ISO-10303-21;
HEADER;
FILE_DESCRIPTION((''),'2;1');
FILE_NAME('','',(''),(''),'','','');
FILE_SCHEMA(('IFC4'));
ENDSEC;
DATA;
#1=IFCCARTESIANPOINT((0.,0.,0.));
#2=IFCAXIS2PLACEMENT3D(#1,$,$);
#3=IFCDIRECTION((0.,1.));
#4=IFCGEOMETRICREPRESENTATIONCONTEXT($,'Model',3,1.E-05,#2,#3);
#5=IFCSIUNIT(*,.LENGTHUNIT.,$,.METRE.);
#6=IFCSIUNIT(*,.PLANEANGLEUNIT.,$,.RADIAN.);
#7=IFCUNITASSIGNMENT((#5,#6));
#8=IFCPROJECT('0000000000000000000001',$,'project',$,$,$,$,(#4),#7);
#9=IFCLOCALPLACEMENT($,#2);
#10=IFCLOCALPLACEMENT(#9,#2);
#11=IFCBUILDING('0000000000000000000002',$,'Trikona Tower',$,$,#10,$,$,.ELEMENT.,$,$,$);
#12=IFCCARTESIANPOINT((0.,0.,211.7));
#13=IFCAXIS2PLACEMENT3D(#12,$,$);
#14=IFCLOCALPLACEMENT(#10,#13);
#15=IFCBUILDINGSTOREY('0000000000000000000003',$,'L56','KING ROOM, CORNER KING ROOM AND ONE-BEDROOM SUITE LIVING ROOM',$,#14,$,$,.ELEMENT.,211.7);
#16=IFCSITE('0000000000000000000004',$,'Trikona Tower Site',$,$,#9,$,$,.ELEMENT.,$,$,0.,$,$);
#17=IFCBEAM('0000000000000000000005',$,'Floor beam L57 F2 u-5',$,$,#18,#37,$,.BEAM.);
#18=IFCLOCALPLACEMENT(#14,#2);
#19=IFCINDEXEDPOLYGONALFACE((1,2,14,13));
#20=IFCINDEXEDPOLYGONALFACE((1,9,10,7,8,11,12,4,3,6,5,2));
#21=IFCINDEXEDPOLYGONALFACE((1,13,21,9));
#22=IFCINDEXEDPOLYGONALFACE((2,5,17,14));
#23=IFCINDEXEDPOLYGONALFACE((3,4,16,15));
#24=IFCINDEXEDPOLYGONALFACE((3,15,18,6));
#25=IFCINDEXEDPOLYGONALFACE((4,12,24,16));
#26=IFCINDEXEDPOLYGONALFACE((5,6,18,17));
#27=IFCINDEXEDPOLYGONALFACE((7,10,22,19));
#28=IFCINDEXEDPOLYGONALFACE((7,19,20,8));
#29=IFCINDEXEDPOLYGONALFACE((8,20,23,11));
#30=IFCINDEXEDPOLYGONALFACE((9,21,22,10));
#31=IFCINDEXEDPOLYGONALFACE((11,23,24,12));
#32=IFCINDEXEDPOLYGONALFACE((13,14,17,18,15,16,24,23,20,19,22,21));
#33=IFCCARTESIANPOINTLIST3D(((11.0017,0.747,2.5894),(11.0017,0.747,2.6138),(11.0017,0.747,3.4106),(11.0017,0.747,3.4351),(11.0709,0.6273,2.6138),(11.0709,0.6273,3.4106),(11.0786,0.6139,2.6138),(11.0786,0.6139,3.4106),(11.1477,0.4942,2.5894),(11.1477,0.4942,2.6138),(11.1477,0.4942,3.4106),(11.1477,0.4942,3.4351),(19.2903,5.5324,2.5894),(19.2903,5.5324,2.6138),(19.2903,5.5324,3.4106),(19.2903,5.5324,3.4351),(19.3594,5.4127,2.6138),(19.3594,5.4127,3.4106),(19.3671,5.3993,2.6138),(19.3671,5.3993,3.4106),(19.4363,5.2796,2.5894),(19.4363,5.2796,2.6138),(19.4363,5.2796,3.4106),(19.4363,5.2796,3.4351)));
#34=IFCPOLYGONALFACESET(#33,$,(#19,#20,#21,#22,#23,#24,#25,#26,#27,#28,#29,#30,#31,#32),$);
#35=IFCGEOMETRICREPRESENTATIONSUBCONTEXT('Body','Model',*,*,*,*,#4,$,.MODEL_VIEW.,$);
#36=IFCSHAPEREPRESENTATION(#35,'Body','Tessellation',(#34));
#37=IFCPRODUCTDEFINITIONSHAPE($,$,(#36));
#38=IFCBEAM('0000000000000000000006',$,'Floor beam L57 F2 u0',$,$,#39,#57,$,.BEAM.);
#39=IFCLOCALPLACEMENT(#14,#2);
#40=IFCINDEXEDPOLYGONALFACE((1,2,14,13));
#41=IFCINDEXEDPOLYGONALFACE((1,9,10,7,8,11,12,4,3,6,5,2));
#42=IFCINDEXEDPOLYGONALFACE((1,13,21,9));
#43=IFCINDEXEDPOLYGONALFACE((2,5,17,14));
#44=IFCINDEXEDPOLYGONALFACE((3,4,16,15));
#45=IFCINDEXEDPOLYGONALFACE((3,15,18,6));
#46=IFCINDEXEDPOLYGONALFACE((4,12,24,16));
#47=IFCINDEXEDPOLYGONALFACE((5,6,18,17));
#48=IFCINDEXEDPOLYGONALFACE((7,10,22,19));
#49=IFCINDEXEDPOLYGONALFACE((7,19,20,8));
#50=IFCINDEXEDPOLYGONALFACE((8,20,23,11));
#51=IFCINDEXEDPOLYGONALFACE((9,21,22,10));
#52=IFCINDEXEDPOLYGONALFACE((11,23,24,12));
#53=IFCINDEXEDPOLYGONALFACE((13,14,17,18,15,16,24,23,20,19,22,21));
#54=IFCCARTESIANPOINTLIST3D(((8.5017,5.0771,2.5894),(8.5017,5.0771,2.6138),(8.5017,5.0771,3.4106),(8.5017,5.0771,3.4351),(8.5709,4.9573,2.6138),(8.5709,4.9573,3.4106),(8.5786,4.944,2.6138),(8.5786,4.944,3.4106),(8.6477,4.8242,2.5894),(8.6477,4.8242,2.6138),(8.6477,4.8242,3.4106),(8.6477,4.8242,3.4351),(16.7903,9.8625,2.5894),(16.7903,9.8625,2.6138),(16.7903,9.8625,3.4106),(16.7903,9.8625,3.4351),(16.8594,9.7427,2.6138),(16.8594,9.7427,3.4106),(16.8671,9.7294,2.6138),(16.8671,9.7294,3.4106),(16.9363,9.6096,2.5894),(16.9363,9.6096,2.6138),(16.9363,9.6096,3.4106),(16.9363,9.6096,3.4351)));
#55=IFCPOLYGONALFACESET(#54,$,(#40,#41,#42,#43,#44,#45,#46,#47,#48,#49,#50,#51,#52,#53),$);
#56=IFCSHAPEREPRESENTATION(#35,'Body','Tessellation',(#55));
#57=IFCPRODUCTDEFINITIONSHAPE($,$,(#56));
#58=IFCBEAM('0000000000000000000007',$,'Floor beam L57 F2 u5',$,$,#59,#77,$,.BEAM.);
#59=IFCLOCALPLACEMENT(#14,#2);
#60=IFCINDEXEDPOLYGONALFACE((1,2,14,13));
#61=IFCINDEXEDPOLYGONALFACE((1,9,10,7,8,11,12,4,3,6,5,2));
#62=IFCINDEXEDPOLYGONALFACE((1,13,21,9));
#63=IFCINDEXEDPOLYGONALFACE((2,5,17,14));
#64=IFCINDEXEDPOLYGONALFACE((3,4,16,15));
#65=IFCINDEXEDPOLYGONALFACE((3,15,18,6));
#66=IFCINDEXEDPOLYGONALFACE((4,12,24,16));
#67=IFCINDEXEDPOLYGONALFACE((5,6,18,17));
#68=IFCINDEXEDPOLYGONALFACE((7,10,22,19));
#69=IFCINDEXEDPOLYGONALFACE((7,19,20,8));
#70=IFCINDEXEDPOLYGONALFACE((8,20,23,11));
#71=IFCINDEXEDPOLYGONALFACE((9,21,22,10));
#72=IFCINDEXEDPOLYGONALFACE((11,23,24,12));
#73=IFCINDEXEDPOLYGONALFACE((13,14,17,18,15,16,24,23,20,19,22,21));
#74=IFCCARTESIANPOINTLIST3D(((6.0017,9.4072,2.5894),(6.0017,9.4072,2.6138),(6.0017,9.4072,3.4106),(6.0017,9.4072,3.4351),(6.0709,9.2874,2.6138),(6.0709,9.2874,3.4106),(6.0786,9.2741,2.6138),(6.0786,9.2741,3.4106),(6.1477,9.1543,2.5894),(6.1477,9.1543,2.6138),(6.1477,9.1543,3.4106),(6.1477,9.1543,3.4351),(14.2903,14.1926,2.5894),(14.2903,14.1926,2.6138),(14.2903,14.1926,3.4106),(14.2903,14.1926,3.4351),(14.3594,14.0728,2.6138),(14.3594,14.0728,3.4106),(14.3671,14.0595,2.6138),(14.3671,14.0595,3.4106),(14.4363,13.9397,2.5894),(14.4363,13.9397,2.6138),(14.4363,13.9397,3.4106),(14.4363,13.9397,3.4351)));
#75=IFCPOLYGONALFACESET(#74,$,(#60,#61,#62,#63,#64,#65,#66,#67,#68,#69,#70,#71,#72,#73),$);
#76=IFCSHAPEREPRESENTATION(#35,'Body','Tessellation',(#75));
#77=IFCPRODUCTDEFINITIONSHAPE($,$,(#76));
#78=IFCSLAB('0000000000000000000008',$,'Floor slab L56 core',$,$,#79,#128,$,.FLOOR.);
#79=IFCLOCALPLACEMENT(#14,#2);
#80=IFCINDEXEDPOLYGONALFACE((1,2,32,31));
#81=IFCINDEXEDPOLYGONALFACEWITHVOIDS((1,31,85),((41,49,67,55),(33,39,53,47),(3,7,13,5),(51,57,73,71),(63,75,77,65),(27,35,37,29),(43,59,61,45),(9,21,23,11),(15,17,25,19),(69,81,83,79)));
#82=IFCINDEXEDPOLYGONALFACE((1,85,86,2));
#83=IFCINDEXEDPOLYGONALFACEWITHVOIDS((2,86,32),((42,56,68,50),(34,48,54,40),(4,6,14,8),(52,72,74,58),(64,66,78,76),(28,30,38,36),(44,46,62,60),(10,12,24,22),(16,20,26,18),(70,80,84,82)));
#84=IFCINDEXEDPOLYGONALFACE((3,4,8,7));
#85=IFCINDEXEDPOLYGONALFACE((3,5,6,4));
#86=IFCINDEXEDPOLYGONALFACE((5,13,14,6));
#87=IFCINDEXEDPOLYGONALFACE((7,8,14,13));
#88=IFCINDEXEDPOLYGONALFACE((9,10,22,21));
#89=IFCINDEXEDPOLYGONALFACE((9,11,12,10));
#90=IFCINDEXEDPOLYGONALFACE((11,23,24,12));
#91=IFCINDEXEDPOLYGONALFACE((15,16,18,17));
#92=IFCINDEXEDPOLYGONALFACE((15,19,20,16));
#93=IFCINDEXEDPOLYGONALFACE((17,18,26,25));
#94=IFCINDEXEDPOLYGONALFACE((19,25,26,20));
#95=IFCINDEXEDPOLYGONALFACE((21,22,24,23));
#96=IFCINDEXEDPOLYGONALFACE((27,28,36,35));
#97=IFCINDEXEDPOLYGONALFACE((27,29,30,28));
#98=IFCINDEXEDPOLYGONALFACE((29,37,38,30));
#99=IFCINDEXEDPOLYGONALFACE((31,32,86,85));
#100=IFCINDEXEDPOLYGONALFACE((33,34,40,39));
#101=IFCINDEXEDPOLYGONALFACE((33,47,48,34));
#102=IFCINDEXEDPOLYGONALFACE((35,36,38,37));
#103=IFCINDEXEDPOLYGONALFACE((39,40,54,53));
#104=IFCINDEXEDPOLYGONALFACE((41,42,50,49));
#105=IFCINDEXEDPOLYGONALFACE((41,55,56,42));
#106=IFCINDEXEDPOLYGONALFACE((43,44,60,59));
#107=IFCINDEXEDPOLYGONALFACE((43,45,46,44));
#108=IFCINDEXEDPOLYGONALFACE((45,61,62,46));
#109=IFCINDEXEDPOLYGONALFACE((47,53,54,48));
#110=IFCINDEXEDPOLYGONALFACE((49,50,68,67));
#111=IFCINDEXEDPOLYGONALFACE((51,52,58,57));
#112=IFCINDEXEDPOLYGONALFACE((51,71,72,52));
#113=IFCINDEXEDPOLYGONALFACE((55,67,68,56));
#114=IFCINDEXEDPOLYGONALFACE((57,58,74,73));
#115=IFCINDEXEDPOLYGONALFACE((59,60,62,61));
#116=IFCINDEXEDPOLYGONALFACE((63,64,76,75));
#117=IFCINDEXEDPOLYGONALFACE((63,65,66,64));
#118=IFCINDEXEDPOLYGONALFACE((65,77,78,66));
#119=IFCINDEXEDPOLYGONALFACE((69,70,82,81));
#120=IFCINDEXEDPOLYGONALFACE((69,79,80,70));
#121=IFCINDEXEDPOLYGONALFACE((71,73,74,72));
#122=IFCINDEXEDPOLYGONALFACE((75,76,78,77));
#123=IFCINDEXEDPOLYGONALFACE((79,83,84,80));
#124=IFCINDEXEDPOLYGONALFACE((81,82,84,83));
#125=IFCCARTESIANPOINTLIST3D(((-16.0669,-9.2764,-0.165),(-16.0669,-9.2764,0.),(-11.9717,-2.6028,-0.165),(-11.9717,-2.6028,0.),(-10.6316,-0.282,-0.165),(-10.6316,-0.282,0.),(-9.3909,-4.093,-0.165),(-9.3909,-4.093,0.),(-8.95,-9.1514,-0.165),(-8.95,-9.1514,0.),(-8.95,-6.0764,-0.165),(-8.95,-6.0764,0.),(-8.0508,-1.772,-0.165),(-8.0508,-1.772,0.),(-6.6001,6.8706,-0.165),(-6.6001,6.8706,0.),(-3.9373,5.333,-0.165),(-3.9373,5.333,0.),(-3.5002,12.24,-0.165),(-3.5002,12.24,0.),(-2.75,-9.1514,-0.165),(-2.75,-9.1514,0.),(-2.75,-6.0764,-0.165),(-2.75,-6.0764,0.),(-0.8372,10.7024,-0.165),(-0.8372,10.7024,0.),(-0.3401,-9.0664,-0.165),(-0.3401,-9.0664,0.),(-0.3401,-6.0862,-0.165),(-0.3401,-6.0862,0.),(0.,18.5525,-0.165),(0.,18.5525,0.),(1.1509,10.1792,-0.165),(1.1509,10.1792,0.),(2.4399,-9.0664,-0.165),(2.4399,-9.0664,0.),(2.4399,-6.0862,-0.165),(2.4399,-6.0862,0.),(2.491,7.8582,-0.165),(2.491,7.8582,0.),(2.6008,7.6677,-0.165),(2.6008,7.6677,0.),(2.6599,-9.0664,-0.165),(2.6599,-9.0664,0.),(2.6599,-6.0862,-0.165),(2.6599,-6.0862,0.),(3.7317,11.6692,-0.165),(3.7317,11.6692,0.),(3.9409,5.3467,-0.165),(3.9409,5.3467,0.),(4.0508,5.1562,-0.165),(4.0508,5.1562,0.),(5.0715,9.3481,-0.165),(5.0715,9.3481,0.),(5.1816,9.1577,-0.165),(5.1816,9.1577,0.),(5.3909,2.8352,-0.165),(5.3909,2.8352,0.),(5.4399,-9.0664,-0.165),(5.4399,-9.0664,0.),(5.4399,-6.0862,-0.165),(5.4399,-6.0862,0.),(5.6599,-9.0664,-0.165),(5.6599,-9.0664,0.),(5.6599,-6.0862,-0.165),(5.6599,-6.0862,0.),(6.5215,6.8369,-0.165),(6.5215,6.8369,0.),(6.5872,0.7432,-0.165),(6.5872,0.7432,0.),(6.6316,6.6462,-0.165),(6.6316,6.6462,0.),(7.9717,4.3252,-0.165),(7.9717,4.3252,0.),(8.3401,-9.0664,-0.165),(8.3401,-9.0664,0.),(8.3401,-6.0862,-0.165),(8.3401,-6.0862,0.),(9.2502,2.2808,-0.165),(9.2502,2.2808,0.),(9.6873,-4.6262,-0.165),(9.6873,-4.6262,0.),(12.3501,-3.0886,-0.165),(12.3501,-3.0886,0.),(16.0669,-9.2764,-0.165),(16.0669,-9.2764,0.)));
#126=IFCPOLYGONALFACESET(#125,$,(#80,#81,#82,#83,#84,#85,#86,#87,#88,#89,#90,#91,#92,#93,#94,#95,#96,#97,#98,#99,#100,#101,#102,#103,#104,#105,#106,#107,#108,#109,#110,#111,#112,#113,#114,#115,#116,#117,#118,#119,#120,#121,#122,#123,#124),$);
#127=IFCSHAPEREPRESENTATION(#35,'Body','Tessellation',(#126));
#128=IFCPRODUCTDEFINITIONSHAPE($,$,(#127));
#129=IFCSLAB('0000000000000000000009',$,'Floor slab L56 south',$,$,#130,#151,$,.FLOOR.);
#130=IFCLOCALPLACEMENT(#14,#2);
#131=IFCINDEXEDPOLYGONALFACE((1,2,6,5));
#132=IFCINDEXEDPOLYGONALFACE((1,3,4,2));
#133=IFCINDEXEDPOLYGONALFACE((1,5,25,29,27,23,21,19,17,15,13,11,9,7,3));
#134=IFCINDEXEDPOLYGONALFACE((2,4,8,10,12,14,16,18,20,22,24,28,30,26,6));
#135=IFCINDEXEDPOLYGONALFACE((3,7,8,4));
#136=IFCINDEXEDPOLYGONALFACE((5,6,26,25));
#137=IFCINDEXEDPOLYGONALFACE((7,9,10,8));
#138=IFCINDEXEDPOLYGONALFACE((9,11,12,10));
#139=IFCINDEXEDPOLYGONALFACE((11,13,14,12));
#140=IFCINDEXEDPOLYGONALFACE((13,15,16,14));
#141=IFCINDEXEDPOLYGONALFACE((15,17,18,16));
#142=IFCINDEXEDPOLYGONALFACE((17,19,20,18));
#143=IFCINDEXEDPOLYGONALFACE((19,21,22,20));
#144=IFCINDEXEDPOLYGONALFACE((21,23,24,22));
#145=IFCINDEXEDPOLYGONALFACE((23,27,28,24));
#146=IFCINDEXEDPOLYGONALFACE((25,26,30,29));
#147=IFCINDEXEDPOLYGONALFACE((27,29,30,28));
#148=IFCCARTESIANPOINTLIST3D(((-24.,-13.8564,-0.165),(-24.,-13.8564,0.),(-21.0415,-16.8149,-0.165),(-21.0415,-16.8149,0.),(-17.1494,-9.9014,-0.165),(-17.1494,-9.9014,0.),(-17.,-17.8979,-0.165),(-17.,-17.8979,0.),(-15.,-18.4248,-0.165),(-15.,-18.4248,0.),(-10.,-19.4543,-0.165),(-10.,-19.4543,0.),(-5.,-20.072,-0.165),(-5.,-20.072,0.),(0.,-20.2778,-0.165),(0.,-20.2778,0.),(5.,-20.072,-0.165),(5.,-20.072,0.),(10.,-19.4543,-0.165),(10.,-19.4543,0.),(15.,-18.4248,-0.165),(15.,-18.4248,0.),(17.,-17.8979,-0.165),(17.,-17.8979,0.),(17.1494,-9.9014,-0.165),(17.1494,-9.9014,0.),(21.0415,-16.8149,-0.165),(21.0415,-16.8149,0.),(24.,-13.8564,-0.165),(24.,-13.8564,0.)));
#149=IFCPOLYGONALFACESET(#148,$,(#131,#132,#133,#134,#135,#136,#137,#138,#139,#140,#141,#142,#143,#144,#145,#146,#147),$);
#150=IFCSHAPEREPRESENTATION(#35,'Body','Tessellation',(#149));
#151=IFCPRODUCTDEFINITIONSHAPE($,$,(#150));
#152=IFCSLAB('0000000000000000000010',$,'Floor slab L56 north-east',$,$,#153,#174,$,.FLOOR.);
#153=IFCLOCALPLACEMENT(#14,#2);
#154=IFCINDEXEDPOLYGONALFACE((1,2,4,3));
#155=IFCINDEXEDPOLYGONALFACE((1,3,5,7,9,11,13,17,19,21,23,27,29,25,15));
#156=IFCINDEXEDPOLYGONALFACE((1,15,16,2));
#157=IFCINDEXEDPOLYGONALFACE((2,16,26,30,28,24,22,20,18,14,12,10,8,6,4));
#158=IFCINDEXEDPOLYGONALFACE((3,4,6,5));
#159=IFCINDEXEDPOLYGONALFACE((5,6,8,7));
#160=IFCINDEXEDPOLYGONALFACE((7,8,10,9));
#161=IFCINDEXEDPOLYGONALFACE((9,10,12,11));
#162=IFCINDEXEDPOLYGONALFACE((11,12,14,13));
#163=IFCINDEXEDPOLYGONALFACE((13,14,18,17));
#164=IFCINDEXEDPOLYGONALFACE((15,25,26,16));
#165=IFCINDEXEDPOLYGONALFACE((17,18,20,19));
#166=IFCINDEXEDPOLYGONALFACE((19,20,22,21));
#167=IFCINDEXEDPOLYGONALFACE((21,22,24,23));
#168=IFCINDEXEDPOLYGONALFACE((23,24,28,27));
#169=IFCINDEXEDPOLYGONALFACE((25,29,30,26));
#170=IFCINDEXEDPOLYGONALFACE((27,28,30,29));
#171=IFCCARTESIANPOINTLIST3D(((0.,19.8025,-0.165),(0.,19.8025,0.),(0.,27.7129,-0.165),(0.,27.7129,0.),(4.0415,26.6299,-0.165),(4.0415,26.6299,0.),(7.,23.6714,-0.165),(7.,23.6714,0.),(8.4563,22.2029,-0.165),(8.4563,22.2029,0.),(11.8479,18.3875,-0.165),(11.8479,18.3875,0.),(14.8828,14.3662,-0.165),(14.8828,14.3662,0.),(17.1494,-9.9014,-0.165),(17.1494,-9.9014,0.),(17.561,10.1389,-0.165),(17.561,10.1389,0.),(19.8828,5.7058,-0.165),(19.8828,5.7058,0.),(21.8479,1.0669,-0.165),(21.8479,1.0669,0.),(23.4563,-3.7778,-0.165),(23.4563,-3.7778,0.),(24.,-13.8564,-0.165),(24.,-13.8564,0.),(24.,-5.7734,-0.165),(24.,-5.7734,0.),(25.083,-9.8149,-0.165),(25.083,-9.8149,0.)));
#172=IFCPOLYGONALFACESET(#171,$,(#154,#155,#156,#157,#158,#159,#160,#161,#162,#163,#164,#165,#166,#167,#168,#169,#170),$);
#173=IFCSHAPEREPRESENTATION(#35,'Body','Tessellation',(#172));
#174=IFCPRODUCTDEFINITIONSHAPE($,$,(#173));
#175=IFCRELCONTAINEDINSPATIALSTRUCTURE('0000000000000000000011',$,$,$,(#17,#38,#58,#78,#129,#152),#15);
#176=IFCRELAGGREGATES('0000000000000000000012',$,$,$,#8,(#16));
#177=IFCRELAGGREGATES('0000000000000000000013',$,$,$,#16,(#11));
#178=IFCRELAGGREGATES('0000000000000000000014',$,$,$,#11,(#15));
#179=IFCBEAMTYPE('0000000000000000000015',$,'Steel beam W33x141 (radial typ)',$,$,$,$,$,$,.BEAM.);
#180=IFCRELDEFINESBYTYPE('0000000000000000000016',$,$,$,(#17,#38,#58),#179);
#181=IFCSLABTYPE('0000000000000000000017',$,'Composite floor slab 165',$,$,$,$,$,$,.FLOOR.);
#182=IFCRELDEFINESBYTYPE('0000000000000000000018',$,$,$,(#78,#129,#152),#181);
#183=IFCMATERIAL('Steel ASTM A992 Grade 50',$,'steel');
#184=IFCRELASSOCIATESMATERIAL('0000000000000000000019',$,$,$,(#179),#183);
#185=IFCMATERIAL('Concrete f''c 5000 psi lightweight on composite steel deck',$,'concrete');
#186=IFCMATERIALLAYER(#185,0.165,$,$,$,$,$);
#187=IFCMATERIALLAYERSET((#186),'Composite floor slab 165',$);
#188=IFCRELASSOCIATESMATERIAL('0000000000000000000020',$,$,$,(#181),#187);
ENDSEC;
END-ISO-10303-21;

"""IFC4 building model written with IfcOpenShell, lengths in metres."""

from ifc_helpers import new_model, si_unit, direction, frame, origin, origin_2d, place, context, subcontext, project, spatial, polyline, i_section, outline, extrude, material, layer, layer_set, material_profile, profile_set, type_object, element, save


model = new_model("IFC4")

# Units and contexts
model_context = context("Model", 3, precision=1e-05, world=origin(), true_north=direction((0.0, 1.0)))
body_context = subcontext(model_context, "Body", "Model", "MODEL_VIEW")
ifc_project = project(units=[si_unit("LENGTHUNIT", "METRE"), si_unit("PLANEANGLEUNIT", "RADIAN")], contexts=[model_context])

# Site, building, storey
site_placement = place(None, origin())
site = spatial("IfcSite", under=ifc_project, at=site_placement, Name="Trikona Tower Site", CompositionType="ELEMENT", RefElevation=0.0)
building_placement = place(site_placement, origin())
building = spatial("IfcBuilding", under=site, at=building_placement, Name="Trikona Tower", CompositionType="ELEMENT")
storey_placement = place(building_placement, frame((0.0, 0.0, 211.7)))
storey = spatial("IfcBuildingStorey", under=building, at=storey_placement, Name="L56", Description="KING ROOM, CORNER KING ROOM AND ONE-BEDROOM SUITE LIVING ROOM", CompositionType="ELEMENT", Elevation=211.7)

# Beams
ifc_material_1 = material(Name="Steel ASTM A992 Grade 50", Category="steel")
ifc_material_profile = material_profile(ifc_material_1, i_section(OverallWidth=0.292, OverallDepth=0.8457, WebThickness=0.0154, FlangeThickness=0.0244, at=origin_2d()), Name="W33X141")
ifc_profile_set = profile_set([ifc_material_profile], Name="Steel ASTM A992 Grade 50")
beam_type = type_object("IfcBeamType", Name="Steel beam W33x141 (radial typ)", PredefinedType="BEAM", material=ifc_profile_set)
for number, where, z_axis, x_axis, name in (
    (1, (11.0747, 0.6206, 3.0122), (0.866026, 0.499999, 0.0), (-0.499999, 0.866026, 0.0), "Floor beam L57 F2 u-5"),
    (2, (8.5747, 4.9507, 3.0122), (0.866026, 0.499999, 0.0), (-0.499999, 0.866026, 0.0), "Floor beam L57 F2 u0"),
    (3, (6.0747, 9.2808, 3.0122), (0.866026, 0.499999, 0.0), (-0.499999, 0.866026, 0.0), "Floor beam L57 F2 u5"),
):
    element("IfcBeam", number, at=place(storey_placement, frame(where, z_axis=z_axis, x_axis=x_axis)), inside=storey, type_object=beam_type, Name=name, PredefinedType="BEAM", context=body_context, shape_type="SweptSolid", body=[
        extrude(i_section(OverallWidth=0.292, OverallDepth=0.8457, WebThickness=0.0154, FlangeThickness=0.0244, at=origin_2d()), origin(), (0.0, 0.0, 1.0), 9.5708),
    ])

# Slabs
ifc_material_2 = material(Name="Concrete f'c 5000 psi lightweight on composite steel deck", Category="concrete")
ifc_layer_1 = layer(ifc_material_2, 0.165)
ifc_layer_set_1 = layer_set([ifc_layer_1], Name="Composite floor slab 165")
slab_type_1 = type_object("IfcSlabType", Name="Composite floor slab 165", PredefinedType="FLOOR", material=ifc_layer_set_1)
slab_1_placement = place(storey_placement, frame((0.0, 0.0, -0.165)))
element("IfcSlab", 4, at=slab_1_placement, inside=storey, type_object=slab_type_1, Name="Floor slab L56 core", PredefinedType="FLOOR", context=body_context, shape_type="SweptSolid", body=[
    extrude(outline(polyline([(-16.0669, -9.2764), (16.0669, -9.2764), (0.0, 18.5525), (-16.0669, -9.2764)]), holes=[polyline([(6.5872, 0.7432), (9.6873, -4.6262), (12.3501, -3.0886), (9.2502, 2.2808), (6.5872, 0.7432)]), polyline([(5.6599, -6.0862), (5.6599, -9.0664), (8.3401, -9.0664), (8.3401, -6.0862), (5.6599, -6.0862)]), polyline([(6.6316, 6.6462), (4.0508, 5.1562), (5.3909, 2.8352), (7.9717, 4.3252), (6.6316, 6.6462)]), polyline([(6.5215, 6.8369), (5.1816, 9.1577), (2.6008, 7.6677), (3.9409, 5.3467), (6.5215, 6.8369)]), polyline([(2.6599, -9.0664), (5.4399, -9.0664), (5.4399, -6.0862), (2.6599, -6.0862), (2.6599, -9.0664)]), polyline([(2.491, 7.8582), (5.0715, 9.3481), (3.7317, 11.6692), (1.1509, 10.1792), (2.491, 7.8582)]), polyline([(2.4399, -9.0664), (2.4399, -6.0862), (-0.3401, -6.0862), (-0.3401, -9.0664), (2.4399, -9.0664)]), polyline([(-3.9373, 5.333), (-0.8372, 10.7024), (-3.5002, 12.24), (-6.6001, 6.8706), (-3.9373, 5.333)]), polyline([(-2.75, -6.0764), (-8.95, -6.0764), (-8.95, -9.1514), (-2.75, -9.1514), (-2.75, -6.0764)]), polyline([(-11.9717, -2.6028), (-9.3909, -4.093), (-8.0508, -1.772), (-10.6316, -0.282), (-11.9717, -2.6028)])]), origin(), (0.0, 0.0, 1.0), 0.165),
])
slab_2_placement = place(storey_placement, frame((0.0, 0.0, -0.165)))
element("IfcSlab", 5, at=slab_2_placement, inside=storey, type_object=slab_type_1, Name="Floor slab L56 south", PredefinedType="FLOOR", context=body_context, shape_type="SweptSolid", body=[
    extrude(outline(polyline([(21.0415, -16.8149), (24.0, -13.8564), (17.1494, -9.9014), (-17.1494, -9.9014), (-24.0, -13.8564), (-21.0415, -16.8149), (-17.0, -17.8979), (-15.0, -18.4248), (-10.0, -19.4543), (-5.0, -20.072), (0.0, -20.2778), (5.0, -20.072), (10.0, -19.4543), (15.0, -18.4248), (17.0, -17.8979), (21.0415, -16.8149)])), origin(), (0.0, 0.0, 1.0), 0.165),
])
slab_3_placement = place(storey_placement, frame((0.0, 0.0, -0.165)))
element("IfcSlab", 6, at=slab_3_placement, inside=storey, type_object=slab_type_1, Name="Floor slab L56 north-east", PredefinedType="FLOOR", context=body_context, shape_type="SweptSolid", body=[
    extrude(outline(polyline([(4.0415, 26.6299), (0.0, 27.7129), (0.0, 19.8025), (17.1494, -9.9014), (24.0, -13.8564), (25.083, -9.8149), (24.0, -5.7734), (23.4563, -3.7778), (21.8479, 1.0669), (19.8828, 5.7058), (17.561, 10.1389), (14.8828, 14.3662), (11.8479, 18.3875), (8.4563, 22.2029), (7.0, 23.6714), (4.0415, 26.6299)])), origin(), (0.0, 0.0, 1.0), 0.165),
])

save(model, "model.ifc")
